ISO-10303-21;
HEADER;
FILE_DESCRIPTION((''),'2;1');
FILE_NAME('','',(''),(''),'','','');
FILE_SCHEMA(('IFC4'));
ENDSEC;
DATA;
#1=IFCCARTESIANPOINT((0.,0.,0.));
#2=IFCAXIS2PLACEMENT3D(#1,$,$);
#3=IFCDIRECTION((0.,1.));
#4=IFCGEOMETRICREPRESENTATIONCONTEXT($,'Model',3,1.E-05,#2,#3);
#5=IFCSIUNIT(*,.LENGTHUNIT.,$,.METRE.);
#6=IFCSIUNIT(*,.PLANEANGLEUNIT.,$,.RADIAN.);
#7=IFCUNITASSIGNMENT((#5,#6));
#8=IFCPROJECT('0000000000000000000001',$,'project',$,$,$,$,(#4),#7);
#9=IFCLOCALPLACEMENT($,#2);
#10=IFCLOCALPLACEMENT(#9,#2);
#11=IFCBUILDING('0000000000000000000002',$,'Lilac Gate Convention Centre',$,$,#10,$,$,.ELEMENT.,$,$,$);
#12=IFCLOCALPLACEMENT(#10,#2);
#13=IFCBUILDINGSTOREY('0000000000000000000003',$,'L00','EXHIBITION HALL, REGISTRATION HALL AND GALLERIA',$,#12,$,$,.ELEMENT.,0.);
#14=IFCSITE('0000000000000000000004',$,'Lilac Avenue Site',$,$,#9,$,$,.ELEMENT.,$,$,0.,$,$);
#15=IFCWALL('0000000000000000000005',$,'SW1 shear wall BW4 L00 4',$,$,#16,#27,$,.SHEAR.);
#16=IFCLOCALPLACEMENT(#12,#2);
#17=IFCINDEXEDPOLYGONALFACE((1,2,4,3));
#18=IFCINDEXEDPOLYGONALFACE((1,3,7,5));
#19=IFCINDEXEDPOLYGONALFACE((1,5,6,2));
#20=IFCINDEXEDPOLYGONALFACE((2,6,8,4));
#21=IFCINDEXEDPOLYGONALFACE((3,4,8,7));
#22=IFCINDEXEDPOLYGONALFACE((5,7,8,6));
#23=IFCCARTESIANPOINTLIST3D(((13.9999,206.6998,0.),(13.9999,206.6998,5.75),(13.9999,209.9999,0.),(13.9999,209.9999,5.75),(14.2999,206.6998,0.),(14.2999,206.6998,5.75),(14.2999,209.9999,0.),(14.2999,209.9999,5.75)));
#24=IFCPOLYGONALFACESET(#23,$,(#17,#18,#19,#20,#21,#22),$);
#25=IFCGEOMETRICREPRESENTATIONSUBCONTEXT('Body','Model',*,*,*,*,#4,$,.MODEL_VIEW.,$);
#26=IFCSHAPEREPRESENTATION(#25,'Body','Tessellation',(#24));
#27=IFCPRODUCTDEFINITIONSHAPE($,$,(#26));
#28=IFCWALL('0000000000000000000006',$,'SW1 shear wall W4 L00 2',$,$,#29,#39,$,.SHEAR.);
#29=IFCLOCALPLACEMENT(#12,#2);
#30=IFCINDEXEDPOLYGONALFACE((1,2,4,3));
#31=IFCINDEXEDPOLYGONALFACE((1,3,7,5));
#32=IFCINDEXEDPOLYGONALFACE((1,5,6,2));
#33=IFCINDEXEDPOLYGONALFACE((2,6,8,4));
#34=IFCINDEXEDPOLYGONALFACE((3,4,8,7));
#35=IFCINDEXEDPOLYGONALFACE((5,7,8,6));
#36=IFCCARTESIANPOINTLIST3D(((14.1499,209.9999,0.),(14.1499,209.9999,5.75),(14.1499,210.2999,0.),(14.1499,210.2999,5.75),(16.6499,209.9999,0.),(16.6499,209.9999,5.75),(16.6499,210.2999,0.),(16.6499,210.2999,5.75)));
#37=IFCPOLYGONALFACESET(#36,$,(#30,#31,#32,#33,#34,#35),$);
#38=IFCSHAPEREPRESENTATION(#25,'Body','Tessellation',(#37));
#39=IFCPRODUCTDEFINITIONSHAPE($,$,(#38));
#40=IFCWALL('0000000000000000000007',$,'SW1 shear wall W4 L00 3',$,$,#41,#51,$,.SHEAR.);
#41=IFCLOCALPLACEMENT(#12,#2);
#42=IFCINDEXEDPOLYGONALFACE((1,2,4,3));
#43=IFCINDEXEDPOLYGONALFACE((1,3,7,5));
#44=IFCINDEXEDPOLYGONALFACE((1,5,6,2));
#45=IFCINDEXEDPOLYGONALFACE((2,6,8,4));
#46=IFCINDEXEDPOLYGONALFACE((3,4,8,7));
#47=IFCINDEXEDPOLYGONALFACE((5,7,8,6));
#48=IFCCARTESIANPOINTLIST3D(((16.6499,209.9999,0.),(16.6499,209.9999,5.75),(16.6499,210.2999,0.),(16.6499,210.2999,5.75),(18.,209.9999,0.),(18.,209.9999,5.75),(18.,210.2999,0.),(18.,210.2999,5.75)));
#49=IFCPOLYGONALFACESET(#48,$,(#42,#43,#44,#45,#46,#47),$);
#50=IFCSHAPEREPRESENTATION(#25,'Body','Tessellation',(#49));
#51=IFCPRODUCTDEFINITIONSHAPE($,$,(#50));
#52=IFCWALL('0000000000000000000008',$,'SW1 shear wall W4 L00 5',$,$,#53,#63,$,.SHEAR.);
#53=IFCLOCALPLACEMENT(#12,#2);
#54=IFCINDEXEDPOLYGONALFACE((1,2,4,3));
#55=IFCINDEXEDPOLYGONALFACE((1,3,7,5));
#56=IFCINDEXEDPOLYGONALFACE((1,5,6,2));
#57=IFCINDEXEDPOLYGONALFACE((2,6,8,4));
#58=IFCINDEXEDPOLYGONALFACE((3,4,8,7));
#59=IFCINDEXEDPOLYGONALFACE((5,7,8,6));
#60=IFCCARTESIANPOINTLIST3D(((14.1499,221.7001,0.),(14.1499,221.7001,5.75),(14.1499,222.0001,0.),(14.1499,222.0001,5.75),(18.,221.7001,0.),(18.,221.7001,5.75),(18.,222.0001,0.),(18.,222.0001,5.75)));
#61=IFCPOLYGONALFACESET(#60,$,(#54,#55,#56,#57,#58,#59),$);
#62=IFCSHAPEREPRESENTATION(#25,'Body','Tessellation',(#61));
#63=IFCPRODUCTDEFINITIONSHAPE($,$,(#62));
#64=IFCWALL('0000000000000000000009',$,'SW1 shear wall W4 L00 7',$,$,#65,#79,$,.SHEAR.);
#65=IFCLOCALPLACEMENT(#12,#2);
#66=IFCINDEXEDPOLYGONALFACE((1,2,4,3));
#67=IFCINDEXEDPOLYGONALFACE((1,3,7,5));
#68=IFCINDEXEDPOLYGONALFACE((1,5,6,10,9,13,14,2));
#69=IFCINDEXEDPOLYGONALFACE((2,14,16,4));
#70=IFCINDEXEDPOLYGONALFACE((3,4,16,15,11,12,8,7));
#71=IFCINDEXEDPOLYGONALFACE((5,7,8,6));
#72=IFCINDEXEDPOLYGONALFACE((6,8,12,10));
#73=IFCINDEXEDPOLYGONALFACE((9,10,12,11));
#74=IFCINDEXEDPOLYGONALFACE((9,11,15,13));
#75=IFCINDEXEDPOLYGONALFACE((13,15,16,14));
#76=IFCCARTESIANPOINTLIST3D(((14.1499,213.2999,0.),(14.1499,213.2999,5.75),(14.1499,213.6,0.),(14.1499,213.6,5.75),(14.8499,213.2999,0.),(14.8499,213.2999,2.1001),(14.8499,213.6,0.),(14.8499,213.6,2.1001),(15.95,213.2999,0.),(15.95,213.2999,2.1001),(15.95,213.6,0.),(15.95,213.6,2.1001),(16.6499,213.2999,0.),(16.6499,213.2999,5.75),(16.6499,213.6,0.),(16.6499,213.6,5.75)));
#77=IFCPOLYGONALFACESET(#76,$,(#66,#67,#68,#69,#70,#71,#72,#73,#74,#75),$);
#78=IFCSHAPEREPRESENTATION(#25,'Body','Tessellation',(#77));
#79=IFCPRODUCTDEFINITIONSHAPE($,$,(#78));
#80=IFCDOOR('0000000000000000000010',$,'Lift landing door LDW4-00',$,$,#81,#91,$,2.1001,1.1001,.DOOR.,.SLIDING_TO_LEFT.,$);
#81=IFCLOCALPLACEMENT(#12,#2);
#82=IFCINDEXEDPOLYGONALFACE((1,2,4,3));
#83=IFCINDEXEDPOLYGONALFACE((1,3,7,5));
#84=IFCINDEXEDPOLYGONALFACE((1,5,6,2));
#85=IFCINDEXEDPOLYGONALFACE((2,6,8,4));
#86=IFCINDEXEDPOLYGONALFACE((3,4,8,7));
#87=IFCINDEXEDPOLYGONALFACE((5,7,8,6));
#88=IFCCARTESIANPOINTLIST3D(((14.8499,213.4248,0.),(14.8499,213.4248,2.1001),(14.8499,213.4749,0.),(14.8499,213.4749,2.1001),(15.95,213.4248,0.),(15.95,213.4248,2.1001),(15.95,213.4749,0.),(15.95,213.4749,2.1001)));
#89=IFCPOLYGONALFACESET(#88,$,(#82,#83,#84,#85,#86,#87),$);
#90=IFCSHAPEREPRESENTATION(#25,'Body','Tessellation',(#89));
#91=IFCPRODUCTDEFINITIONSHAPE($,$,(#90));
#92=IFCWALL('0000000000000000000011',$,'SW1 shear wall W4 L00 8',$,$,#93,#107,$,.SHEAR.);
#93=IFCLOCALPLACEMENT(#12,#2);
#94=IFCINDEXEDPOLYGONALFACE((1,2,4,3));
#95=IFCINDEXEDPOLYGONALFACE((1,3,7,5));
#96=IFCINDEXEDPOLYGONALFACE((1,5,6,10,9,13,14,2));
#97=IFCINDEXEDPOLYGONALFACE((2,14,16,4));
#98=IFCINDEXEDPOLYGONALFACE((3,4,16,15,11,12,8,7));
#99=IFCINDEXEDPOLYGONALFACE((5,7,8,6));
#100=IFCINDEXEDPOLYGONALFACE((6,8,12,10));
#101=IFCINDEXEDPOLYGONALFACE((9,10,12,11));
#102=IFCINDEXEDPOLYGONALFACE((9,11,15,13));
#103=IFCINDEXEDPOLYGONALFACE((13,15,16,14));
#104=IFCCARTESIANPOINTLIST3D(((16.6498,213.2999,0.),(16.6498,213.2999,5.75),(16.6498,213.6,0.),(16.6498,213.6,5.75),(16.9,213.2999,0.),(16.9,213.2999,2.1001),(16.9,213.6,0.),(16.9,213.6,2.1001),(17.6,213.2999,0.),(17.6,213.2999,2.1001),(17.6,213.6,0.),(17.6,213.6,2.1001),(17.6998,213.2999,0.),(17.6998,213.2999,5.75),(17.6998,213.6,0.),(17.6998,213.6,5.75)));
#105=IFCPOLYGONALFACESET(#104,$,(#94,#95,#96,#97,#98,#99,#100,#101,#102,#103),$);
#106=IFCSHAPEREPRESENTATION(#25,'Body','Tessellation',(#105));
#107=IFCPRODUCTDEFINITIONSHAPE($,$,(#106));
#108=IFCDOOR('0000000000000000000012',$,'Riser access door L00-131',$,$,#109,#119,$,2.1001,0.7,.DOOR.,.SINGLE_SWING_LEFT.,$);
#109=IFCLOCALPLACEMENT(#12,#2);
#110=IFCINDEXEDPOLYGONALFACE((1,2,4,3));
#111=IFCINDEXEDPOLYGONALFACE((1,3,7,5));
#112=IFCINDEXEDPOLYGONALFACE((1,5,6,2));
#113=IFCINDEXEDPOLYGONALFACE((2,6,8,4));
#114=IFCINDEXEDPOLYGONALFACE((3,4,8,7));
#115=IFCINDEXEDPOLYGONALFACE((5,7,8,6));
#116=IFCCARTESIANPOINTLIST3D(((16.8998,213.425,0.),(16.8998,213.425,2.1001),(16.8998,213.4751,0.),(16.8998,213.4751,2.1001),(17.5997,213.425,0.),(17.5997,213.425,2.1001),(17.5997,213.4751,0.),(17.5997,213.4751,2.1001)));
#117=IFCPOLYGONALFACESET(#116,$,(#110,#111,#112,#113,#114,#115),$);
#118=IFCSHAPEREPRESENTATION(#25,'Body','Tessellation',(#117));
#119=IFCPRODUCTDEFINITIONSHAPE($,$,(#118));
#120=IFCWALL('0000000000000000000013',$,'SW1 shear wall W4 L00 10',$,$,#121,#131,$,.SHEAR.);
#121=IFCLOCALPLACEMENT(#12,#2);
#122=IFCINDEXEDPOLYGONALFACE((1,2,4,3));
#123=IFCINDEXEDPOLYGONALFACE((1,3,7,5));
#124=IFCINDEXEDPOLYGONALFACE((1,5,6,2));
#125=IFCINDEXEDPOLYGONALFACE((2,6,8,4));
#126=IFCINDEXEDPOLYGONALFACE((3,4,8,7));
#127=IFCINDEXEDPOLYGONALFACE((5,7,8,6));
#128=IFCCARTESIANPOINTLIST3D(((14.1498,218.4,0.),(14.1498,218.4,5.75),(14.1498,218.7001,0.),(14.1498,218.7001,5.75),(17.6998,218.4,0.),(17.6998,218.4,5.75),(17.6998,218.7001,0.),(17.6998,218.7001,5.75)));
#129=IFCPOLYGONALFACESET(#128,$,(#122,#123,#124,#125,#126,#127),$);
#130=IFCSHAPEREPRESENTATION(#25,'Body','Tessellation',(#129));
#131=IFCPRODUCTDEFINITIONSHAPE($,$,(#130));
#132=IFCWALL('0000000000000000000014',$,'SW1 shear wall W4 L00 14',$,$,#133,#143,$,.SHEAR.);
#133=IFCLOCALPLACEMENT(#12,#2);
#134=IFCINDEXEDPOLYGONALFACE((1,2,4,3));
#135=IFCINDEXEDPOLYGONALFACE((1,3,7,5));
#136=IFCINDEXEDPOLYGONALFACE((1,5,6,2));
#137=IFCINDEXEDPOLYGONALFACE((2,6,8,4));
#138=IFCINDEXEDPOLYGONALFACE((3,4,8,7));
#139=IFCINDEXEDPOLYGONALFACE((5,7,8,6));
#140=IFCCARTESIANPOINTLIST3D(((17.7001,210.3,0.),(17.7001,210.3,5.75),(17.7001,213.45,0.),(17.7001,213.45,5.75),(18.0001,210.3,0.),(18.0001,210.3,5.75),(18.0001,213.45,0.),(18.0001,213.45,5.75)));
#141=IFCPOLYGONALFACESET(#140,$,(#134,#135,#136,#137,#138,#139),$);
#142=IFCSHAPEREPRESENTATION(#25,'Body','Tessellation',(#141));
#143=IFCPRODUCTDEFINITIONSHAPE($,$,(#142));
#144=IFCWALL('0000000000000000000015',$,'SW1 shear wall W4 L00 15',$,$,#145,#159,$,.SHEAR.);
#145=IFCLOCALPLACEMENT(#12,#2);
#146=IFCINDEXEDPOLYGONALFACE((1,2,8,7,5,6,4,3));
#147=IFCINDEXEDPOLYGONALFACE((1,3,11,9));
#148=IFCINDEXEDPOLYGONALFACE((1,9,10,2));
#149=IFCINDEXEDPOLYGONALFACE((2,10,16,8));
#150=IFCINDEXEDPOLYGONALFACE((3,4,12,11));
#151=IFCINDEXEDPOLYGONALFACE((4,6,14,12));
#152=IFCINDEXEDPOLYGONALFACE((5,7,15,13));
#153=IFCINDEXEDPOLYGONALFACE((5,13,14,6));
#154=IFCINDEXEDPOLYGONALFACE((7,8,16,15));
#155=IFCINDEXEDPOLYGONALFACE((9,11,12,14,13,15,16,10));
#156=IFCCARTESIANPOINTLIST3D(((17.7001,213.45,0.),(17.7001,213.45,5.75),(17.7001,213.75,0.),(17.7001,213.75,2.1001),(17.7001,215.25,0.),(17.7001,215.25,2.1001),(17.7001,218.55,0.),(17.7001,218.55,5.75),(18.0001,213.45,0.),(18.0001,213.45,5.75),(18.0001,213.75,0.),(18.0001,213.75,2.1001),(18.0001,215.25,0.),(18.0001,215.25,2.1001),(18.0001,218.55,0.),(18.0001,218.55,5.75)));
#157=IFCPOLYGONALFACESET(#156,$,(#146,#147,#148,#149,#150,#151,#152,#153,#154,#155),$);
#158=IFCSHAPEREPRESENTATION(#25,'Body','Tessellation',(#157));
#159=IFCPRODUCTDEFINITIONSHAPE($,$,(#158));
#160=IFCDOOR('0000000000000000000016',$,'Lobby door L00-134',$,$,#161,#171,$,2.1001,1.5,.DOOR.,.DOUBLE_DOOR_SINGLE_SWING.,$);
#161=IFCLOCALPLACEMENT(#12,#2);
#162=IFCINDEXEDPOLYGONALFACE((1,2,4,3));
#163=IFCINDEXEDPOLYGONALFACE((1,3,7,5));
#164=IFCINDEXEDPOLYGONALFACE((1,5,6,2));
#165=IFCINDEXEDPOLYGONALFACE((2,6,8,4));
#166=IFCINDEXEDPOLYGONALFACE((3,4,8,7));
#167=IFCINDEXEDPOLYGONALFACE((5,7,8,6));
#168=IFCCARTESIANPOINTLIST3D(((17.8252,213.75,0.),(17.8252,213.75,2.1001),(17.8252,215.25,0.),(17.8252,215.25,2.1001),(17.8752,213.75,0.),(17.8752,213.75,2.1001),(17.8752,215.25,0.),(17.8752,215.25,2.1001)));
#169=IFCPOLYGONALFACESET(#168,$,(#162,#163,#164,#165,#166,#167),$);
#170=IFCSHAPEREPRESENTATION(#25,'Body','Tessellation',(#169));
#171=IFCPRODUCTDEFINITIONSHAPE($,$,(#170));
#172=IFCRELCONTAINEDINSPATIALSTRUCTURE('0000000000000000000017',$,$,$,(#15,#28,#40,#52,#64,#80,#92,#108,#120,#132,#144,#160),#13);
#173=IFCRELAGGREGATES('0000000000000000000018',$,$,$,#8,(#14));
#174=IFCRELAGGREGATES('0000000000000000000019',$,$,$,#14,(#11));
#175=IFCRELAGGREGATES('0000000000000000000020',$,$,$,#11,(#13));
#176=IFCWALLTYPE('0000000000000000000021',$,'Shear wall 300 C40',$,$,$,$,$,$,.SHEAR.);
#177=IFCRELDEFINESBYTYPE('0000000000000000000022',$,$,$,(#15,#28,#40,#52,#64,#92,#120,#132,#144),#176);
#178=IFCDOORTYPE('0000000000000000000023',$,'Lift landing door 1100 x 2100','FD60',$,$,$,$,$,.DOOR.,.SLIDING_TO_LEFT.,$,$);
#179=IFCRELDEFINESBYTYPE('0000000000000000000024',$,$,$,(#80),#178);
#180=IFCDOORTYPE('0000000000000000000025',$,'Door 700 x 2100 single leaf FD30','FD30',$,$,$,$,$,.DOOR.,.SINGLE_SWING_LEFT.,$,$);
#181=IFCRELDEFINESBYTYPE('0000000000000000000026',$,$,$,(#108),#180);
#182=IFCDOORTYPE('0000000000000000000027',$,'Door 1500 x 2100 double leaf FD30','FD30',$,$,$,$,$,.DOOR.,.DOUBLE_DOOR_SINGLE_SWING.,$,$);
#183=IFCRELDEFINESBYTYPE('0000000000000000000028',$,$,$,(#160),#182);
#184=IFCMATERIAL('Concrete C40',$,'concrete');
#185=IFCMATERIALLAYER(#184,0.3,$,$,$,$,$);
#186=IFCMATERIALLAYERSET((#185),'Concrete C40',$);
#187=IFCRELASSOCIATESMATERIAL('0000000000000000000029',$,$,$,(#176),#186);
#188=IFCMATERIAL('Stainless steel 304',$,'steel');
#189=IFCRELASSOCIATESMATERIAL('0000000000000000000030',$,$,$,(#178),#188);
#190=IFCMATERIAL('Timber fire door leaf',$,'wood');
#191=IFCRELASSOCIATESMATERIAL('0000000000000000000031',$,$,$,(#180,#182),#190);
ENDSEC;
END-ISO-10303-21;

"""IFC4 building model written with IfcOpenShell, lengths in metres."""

from ifc_helpers import new_model, si_unit, direction, frame, frame_2d, origin, place, context, subcontext, project, spatial, rectangle, extrude, material, layer, layer_set, type_object, element, fill, save


model = new_model("IFC4")

# Units and contexts
model_context = context("Model", 3, precision=1e-05, world=origin(), true_north=direction((0.0, 1.0)))
body_context = subcontext(model_context, "Body", "Model", "MODEL_VIEW")
ifc_project = project(units=[si_unit("LENGTHUNIT", "METRE"), si_unit("PLANEANGLEUNIT", "RADIAN")], contexts=[model_context])

# Site, building, storey
site_placement = place(None, origin())
site = spatial("IfcSite", under=ifc_project, at=site_placement, Name="Lilac Avenue Site", CompositionType="ELEMENT", RefElevation=0.0)
building_placement = place(site_placement, origin())
building = spatial("IfcBuilding", under=site, at=building_placement, Name="Lilac Gate Convention Centre", CompositionType="ELEMENT")
storey_placement = place(building_placement, origin())
storey = spatial("IfcBuildingStorey", under=building, at=storey_placement, Name="L00", Description="EXHIBITION HALL, REGISTRATION HALL AND GALLERIA", CompositionType="ELEMENT", Elevation=0.0)

# Shared definitions
ifc_material_1 = material(Name="Concrete C40", Category="concrete")

# Walls
ifc_layer_1 = layer(ifc_material_1, 0.3)
ifc_layer_set_1 = layer_set([ifc_layer_1], Name="Concrete C40")
wall_type_1 = type_object("IfcWallType", Name="Shear wall 300 C40", PredefinedType="SHEAR", material=ifc_layer_set_1)
wall_1_placement = place(storey_placement, frame((14.1499, 206.7, 0.0), z_axis=(0.0, 0.0, 1.0), x_axis=(0.0, 1.0, 0.0)))
element("IfcWall", 1, at=wall_1_placement, inside=storey, type_object=wall_type_1, Name="SW1 shear wall BW4 L00 4", PredefinedType="SHEAR", context=body_context, shape_type="SweptSolid", body=[
    extrude(rectangle(XDim=3.3, YDim=0.3, at=frame_2d((1.6499, 0.0))), origin(), (0.0, 0.0, 1.0), 5.75),
])
wall_2_placement = place(storey_placement, frame((14.1499, 210.1499, 0.0), z_axis=(0.0, 0.0, 1.0), x_axis=(1.0, 0.0, 0.0)))
element("IfcWall", 2, at=wall_2_placement, inside=storey, type_object=wall_type_1, Name="SW1 shear wall W4 L00 2", PredefinedType="SHEAR", context=body_context, shape_type="SweptSolid", body=[
    extrude(rectangle(XDim=2.5, YDim=0.3, at=frame_2d((1.25, 0.0))), origin(), (0.0, 0.0, 1.0), 5.75),
])
wall_3_placement = place(storey_placement, frame((16.6499, 210.1499, 0.0), z_axis=(0.0, 0.0, 1.0), x_axis=(1.0, 0.0, 0.0)))
element("IfcWall", 3, at=wall_3_placement, inside=storey, type_object=wall_type_1, Name="SW1 shear wall W4 L00 3", PredefinedType="SHEAR", context=body_context, shape_type="SweptSolid", body=[
    extrude(rectangle(XDim=1.3501, YDim=0.3, at=frame_2d((0.675, 0.0))), origin(), (0.0, 0.0, 1.0), 5.75),
])
wall_4_placement = place(storey_placement, frame((14.1499, 221.8501, 0.0), z_axis=(0.0, 0.0, 1.0), x_axis=(1.0, 0.0, 0.0)))
element("IfcWall", 4, at=wall_4_placement, inside=storey, type_object=wall_type_1, Name="SW1 shear wall W4 L00 5", PredefinedType="SHEAR", context=body_context, shape_type="SweptSolid", body=[
    extrude(rectangle(XDim=3.8501, YDim=0.3, at=frame_2d((1.925, 0.0))), origin(), (0.0, 0.0, 1.0), 5.75),
])

# Walls, openings, doors
wall_5_placement = place(storey_placement, frame((14.1499, 213.45, 0.0), z_axis=(0.0, 0.0, 1.0), x_axis=(1.0, 0.0, 0.0)))
wall_5 = element("IfcWall", 5, at=wall_5_placement, inside=storey, type_object=wall_type_1, Name="SW1 shear wall W4 L00 7", PredefinedType="SHEAR", context=body_context, shape_type="SweptSolid", body=[
    extrude(rectangle(XDim=2.5, YDim=0.3, at=frame_2d((1.25, 0.0))), origin(), (0.0, 0.0, 1.0), 5.75),
])
opening_1_placement = place(wall_5_placement, frame((0.7, 0.0, 0.0)))
opening_1 = element("IfcOpeningElement", 6, at=opening_1_placement, cuts=wall_5, PredefinedType="OPENING", context=body_context, shape_type="SweptSolid", body=[
    extrude(rectangle(XDim=1.1001, YDim=2.1001, at=frame_2d((0.55, 1.05))), frame((0.0, 0.1599, 0.0), z_axis=(0.0, -1.0, 0.0), x_axis=(1.0, 0.0, 0.0)), (0.0, 0.0, 1.0), 0.3201),
])
ifc_material_2 = material(Name="Stainless steel 304", Category="steel")
door_type_1 = type_object("IfcDoorType", Name="Lift landing door 1100 x 2100", Description="FD60", OperationType="SLIDING_TO_LEFT", PredefinedType="DOOR", material=ifc_material_2)
door_1_placement = place(opening_1_placement, origin())
door_1 = element("IfcDoor", 7, at=door_1_placement, inside=storey, type_object=door_type_1, Name="Lift landing door LDW4-00", OperationType="SLIDING_TO_LEFT", OverallHeight=2.1001, OverallWidth=1.1001, PredefinedType="DOOR", context=body_context, shape_type="SweptSolid", body=[
    extrude(rectangle(XDim=1.1001, YDim=2.1001, at=frame_2d((0.55, 1.05))), frame((0.0, 0.0249, 0.0), z_axis=(0.0, -1.0, 0.0), x_axis=(1.0, 0.0, 0.0)), (0.0, 0.0, 1.0), 0.05),
])
fill(opening_1, door_1)
wall_6_placement = place(storey_placement, frame((16.6499, 213.45, 0.0), z_axis=(0.0, 0.0, 1.0), x_axis=(1.0, 0.0, 0.0)))
wall_6 = element("IfcWall", 8, at=wall_6_placement, inside=storey, type_object=wall_type_1, Name="SW1 shear wall W4 L00 8", PredefinedType="SHEAR", context=body_context, shape_type="SweptSolid", body=[
    extrude(rectangle(XDim=1.05, YDim=0.3, at=frame_2d((0.5249, 0.0))), origin(), (0.0, 0.0, 1.0), 5.75),
])
opening_2_placement = place(wall_6_placement, frame((0.25, 0.0, 0.0)))
opening_2 = element("IfcOpeningElement", 9, at=opening_2_placement, cuts=wall_6, PredefinedType="OPENING", context=body_context, shape_type="SweptSolid", body=[
    extrude(rectangle(XDim=0.7, YDim=2.1001, at=frame_2d((0.3501, 1.05))), frame((0.0, 0.1599, 0.0), z_axis=(0.0, -1.0, 0.0), x_axis=(1.0, 0.0, 0.0)), (0.0, 0.0, 1.0), 0.3201),
])
ifc_material_3 = material(Name="Timber fire door leaf", Category="wood")
door_type_2 = type_object("IfcDoorType", Name="Door 700 x 2100 single leaf FD30", Description="FD30", OperationType="SINGLE_SWING_LEFT", PredefinedType="DOOR", material=ifc_material_3)
door_2_placement = place(opening_2_placement, frame((0.7, 0.0, 0.0), z_axis=(0.0, 0.0, 1.0), x_axis=(-1.0, 0.0, 0.0)))
door_2 = element("IfcDoor", 10, at=door_2_placement, inside=storey, type_object=door_type_2, Name="Riser access door L00-131", OperationType="SINGLE_SWING_LEFT", OverallHeight=2.1001, OverallWidth=0.7, PredefinedType="DOOR", context=body_context, shape_type="SweptSolid", body=[
    extrude(rectangle(XDim=0.7, YDim=2.1001, at=frame_2d((0.3501, 1.05))), frame((0.0, 0.0249, 0.0), z_axis=(0.0, -1.0, 0.0), x_axis=(1.0, 0.0, 0.0)), (0.0, 0.0, 1.0), 0.05),
])
fill(opening_2, door_2)

# Walls
wall_7_placement = place(storey_placement, frame((14.1499, 218.55, 0.0), z_axis=(0.0, 0.0, 1.0), x_axis=(1.0, 0.0, 0.0)))
element("IfcWall", 11, at=wall_7_placement, inside=storey, type_object=wall_type_1, Name="SW1 shear wall W4 L00 10", PredefinedType="SHEAR", context=body_context, shape_type="SweptSolid", body=[
    extrude(rectangle(XDim=3.55, YDim=0.3, at=frame_2d((1.7749, 0.0))), origin(), (0.0, 0.0, 1.0), 5.75),
])
wall_8_placement = place(storey_placement, frame((17.8501, 210.3, 0.0), z_axis=(0.0, 0.0, 1.0), x_axis=(0.0, 1.0, 0.0)))
element("IfcWall", 12, at=wall_8_placement, inside=storey, type_object=wall_type_1, Name="SW1 shear wall W4 L00 14", PredefinedType="SHEAR", context=body_context, shape_type="SweptSolid", body=[
    extrude(rectangle(XDim=3.1499, YDim=0.3, at=frame_2d((1.575, 0.0))), origin(), (0.0, 0.0, 1.0), 5.75),
])

# Wall, opening, door
wall_9_placement = place(storey_placement, frame((17.8501, 213.45, 0.0), z_axis=(0.0, 0.0, 1.0), x_axis=(0.0, 1.0, 0.0)))
wall_9 = element("IfcWall", 13, at=wall_9_placement, inside=storey, type_object=wall_type_1, Name="SW1 shear wall W4 L00 15", PredefinedType="SHEAR", context=body_context, shape_type="SweptSolid", body=[
    extrude(rectangle(XDim=5.1001, YDim=0.3, at=frame_2d((2.55, 0.0))), origin(), (0.0, 0.0, 1.0), 5.75),
])
opening_3_placement = place(wall_9_placement, frame((0.3, 0.0, 0.0)))
opening_3 = element("IfcOpeningElement", 14, at=opening_3_placement, cuts=wall_9, PredefinedType="OPENING", context=body_context, shape_type="SweptSolid", body=[
    extrude(rectangle(XDim=1.5, YDim=2.1001, at=frame_2d((0.75, 1.05))), frame((0.0, 0.1599, 0.0), z_axis=(0.0, -1.0, 0.0), x_axis=(1.0, 0.0, 0.0)), (0.0, 0.0, 1.0), 0.3201),
])
door_type_3 = type_object("IfcDoorType", Name="Door 1500 x 2100 double leaf FD30", Description="FD30", OperationType="DOUBLE_DOOR_SINGLE_SWING", PredefinedType="DOOR", material=ifc_material_3)
door_3_placement = place(opening_3_placement, origin())
door_3 = element("IfcDoor", 15, at=door_3_placement, inside=storey, type_object=door_type_3, Name="Lobby door L00-134", OperationType="DOUBLE_DOOR_SINGLE_SWING", OverallHeight=2.1001, OverallWidth=1.5, PredefinedType="DOOR", context=body_context, shape_type="SweptSolid", body=[
    extrude(rectangle(XDim=1.5, YDim=2.1001, at=frame_2d((0.75, 1.05))), frame((0.0, 0.0249, 0.0), z_axis=(0.0, -1.0, 0.0), x_axis=(1.0, 0.0, 0.0)), (0.0, 0.0, 1.0), 0.05),
])
fill(opening_3, door_3)

save(model, "model.ifc")
